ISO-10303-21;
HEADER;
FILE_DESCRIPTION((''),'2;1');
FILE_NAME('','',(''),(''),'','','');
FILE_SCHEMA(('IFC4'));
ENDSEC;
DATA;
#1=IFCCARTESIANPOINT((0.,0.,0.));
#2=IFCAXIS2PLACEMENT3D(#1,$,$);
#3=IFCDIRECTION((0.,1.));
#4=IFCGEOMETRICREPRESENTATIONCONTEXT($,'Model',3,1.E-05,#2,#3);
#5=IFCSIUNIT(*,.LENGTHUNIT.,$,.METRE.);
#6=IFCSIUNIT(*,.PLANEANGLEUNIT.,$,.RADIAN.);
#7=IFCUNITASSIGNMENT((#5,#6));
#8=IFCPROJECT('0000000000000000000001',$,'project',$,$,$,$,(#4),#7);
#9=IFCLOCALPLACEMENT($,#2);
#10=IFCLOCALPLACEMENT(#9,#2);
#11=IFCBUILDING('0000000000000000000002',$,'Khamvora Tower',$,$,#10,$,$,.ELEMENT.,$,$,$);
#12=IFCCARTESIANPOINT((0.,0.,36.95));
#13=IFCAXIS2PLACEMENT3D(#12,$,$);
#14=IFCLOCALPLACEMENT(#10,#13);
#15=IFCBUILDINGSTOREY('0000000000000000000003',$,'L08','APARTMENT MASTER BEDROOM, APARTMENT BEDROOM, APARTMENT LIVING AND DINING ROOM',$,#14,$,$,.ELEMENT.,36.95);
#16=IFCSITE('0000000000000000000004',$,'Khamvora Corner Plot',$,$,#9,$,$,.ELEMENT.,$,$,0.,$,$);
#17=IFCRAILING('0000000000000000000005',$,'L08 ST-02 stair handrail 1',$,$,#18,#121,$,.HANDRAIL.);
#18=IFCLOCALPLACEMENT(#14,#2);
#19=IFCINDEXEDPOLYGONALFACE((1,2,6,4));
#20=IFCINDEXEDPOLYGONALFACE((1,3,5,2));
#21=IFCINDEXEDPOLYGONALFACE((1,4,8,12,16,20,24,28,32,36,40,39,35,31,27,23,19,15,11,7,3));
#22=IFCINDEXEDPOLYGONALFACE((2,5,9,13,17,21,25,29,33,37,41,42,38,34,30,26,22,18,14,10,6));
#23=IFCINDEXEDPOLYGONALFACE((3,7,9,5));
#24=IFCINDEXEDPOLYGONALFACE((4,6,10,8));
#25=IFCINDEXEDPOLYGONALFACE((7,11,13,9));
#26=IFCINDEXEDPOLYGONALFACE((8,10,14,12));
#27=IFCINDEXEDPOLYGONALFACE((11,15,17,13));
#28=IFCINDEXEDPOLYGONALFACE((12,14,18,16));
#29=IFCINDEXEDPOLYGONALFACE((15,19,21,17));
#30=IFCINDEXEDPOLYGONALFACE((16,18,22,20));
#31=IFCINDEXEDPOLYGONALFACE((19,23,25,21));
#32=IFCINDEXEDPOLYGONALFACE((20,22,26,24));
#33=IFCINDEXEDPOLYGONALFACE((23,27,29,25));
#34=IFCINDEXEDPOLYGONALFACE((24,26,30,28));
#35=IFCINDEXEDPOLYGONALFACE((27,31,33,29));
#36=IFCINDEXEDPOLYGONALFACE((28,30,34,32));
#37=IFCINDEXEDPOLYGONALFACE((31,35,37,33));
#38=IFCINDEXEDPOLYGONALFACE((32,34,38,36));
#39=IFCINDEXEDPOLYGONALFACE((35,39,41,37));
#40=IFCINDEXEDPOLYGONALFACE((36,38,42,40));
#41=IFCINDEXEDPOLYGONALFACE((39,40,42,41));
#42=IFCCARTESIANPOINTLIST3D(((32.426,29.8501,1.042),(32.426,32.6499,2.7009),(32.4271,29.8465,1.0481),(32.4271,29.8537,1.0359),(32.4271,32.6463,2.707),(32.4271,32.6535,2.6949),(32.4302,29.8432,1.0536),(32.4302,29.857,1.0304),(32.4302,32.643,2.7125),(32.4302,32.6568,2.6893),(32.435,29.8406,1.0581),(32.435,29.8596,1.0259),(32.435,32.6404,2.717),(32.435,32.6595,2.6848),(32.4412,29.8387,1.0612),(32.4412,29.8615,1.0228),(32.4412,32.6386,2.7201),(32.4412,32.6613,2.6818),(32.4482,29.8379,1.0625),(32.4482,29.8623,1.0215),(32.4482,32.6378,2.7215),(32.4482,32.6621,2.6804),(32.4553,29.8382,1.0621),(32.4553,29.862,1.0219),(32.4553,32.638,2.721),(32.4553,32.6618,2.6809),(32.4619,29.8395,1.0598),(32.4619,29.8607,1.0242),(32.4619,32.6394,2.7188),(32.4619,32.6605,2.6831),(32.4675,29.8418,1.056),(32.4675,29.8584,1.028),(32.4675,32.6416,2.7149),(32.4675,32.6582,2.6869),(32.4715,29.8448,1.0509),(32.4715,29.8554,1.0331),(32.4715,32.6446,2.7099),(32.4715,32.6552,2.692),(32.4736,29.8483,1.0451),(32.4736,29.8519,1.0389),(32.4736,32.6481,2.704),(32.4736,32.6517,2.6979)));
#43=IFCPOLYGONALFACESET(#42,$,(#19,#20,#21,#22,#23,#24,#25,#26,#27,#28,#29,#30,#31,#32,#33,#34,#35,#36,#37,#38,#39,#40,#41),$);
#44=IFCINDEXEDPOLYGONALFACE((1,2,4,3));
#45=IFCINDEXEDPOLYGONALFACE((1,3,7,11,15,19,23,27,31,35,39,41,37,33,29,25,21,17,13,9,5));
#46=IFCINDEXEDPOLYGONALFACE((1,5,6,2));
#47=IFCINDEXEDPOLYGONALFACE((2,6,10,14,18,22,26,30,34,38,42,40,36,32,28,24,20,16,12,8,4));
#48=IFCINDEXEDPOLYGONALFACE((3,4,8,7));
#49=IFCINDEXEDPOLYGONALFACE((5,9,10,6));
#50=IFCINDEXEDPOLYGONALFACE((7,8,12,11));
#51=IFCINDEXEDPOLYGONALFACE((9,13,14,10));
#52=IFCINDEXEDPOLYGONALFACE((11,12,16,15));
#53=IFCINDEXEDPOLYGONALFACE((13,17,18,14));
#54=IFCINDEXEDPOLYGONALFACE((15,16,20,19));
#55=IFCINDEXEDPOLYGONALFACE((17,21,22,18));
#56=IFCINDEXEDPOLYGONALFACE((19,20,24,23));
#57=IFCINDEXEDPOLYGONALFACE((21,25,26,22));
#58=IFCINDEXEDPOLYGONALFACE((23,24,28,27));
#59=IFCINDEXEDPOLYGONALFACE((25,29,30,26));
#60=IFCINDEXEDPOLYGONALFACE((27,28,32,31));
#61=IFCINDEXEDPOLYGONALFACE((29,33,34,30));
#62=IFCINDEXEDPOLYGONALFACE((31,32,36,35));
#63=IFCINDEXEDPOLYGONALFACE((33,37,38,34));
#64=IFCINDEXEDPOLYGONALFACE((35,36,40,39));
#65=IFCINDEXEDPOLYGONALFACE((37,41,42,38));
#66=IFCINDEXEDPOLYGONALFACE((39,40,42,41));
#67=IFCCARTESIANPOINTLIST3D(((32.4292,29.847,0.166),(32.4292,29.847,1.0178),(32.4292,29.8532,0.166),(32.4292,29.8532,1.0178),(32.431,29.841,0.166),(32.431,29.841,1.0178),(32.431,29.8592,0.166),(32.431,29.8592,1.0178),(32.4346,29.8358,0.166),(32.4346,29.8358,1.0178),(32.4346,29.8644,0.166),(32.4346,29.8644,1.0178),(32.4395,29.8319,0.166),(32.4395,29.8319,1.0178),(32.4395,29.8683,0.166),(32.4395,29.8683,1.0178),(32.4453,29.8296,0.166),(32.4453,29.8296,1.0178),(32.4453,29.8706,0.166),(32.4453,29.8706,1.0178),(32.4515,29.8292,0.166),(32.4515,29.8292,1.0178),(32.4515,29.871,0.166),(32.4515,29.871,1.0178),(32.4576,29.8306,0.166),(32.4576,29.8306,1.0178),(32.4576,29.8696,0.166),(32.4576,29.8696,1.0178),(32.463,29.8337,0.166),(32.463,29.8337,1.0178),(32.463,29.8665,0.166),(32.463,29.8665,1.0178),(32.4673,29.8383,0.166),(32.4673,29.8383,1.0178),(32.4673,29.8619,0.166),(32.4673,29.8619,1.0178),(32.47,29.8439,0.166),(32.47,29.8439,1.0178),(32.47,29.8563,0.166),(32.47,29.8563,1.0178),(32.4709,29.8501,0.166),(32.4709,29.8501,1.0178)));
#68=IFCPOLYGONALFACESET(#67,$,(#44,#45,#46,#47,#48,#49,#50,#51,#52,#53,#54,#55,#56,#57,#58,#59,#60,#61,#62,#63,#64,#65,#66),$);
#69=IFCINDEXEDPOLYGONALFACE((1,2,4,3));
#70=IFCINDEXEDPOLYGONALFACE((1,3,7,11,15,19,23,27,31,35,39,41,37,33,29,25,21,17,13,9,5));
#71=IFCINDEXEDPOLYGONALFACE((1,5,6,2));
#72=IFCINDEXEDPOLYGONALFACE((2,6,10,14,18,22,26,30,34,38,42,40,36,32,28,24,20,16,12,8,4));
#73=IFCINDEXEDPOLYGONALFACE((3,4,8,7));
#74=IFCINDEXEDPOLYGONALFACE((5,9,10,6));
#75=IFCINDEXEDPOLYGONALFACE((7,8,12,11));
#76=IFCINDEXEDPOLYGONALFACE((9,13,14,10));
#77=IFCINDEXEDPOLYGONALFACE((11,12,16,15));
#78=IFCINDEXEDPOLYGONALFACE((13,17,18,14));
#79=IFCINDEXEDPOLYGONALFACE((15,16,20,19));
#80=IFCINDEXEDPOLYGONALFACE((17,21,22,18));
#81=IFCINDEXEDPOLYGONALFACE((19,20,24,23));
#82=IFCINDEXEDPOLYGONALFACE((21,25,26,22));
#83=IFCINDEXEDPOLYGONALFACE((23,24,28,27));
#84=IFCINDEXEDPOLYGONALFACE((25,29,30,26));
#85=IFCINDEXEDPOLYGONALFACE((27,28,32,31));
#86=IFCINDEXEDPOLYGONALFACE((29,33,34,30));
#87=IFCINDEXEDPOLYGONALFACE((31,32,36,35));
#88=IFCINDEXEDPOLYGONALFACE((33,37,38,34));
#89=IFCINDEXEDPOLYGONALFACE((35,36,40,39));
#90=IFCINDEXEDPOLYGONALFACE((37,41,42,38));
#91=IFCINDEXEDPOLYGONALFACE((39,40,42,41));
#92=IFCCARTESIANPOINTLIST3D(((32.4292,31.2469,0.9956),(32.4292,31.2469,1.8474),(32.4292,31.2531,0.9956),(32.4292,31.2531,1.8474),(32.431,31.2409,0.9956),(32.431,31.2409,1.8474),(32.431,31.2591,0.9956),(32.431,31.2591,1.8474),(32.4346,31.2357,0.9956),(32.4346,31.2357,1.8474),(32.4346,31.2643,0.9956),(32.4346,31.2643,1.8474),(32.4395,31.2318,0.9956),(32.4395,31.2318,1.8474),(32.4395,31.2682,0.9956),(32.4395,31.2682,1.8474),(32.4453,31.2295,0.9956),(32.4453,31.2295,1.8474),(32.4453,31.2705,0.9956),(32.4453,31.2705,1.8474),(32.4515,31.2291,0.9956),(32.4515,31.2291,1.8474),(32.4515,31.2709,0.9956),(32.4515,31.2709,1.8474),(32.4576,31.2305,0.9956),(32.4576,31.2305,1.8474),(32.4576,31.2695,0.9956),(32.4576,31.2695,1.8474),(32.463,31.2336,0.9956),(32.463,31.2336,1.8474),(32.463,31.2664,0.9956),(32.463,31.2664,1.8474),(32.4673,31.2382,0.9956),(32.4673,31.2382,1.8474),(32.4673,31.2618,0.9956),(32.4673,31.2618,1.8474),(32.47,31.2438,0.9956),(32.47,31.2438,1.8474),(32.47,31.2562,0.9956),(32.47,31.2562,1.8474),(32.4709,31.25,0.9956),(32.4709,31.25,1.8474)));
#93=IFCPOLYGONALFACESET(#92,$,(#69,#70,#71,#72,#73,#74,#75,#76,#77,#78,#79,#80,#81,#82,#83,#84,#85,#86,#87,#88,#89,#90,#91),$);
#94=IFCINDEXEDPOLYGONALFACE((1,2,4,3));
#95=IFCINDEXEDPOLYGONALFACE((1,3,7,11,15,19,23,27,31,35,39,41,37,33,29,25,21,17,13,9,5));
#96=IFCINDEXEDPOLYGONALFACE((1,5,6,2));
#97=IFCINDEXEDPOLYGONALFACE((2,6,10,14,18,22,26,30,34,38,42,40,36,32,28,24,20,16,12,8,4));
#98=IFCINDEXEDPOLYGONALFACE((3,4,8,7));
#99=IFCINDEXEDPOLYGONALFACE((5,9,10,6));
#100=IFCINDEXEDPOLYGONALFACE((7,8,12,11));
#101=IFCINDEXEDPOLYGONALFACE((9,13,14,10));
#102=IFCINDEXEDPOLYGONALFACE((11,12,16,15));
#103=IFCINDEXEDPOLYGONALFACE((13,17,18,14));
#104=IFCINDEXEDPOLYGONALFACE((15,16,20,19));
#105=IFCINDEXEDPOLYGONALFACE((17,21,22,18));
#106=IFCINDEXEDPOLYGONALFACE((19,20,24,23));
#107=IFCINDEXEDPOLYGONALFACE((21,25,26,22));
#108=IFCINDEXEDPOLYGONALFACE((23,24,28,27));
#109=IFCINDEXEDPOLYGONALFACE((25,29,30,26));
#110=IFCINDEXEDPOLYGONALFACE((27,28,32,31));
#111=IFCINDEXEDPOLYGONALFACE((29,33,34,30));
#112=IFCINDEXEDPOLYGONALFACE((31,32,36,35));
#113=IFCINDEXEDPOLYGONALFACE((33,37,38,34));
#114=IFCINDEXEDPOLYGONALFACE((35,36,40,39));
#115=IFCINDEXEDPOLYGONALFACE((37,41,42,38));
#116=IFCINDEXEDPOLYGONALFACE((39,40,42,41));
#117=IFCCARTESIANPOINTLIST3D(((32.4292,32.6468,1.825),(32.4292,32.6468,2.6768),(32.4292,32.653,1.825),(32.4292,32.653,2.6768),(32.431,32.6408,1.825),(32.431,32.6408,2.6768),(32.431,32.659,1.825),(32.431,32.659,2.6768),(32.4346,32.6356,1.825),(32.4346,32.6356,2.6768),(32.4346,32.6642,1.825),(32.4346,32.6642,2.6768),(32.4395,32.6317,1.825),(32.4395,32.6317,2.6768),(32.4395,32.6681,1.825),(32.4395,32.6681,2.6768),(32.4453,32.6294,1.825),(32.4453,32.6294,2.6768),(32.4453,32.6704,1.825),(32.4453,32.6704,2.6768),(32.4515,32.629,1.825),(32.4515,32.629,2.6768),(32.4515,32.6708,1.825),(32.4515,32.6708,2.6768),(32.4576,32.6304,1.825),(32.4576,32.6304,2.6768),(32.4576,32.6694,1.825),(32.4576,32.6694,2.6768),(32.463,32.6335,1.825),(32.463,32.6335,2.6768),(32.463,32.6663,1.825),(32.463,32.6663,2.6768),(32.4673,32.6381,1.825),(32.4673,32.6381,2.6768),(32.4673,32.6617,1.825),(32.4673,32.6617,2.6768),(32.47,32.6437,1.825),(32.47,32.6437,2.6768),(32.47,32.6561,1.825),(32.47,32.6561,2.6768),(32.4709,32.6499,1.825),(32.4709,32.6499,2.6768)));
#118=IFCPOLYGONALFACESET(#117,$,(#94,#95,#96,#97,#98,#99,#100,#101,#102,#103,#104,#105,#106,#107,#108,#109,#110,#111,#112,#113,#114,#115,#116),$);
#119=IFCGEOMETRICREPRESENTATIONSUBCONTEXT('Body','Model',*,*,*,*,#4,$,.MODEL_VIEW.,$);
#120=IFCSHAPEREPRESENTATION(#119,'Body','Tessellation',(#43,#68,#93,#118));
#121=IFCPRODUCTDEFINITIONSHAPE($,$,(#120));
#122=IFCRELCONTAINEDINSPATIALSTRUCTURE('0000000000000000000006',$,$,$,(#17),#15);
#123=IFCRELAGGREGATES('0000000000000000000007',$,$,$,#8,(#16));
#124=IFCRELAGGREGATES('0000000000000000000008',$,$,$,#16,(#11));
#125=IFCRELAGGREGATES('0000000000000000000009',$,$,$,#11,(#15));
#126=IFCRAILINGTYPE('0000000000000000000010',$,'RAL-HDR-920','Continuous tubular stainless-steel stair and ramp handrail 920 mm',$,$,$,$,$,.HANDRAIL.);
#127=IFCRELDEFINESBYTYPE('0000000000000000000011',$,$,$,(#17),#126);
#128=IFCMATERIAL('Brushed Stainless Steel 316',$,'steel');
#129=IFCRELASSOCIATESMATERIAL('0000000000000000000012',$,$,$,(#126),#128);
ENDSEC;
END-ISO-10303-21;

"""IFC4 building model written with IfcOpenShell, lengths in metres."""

from ifc_helpers import new_model, si_unit, direction, frame, origin, origin_2d, place, context, subcontext, project, spatial, circle, extrude, material, type_object, element, save


model = new_model("IFC4")

# Units and contexts
model_context = context("Model", 3, precision=1e-05, world=origin(), true_north=direction((0.0, 1.0)))
body_context = subcontext(model_context, "Body", "Model", "MODEL_VIEW")
ifc_project = project(units=[si_unit("LENGTHUNIT", "METRE"), si_unit("PLANEANGLEUNIT", "RADIAN")], contexts=[model_context])

# Site, building, storey
site_placement = place(None, origin())
site = spatial("IfcSite", under=ifc_project, at=site_placement, Name="Khamvora Corner Plot", CompositionType="ELEMENT", RefElevation=0.0)
building_placement = place(site_placement, origin())
building = spatial("IfcBuilding", under=site, at=building_placement, Name="Khamvora Tower", CompositionType="ELEMENT")
storey_placement = place(building_placement, frame((0.0, 0.0, 36.95)))
storey = spatial("IfcBuildingStorey", under=building, at=storey_placement, Name="L08", Description="APARTMENT MASTER BEDROOM, APARTMENT BEDROOM, APARTMENT LIVING AND DINING ROOM", CompositionType="ELEMENT", Elevation=36.95)

# Railing
ifc_material_1 = material(Name="Brushed Stainless Steel 316", Category="steel")
railing_type_1 = type_object("IfcRailingType", Name="RAL-HDR-920", Description="Continuous tubular stainless-steel stair and ramp handrail 920 mm", PredefinedType="HANDRAIL", material=ifc_material_1)
railing_1_placement = place(storey_placement, frame((32.45, 29.8501, 0.166)))
element("IfcRailing", 1, at=railing_1_placement, inside=storey, type_object=railing_type_1, Name="L08 ST-02 stair handrail 1", PredefinedType="HANDRAIL", context=body_context, shape_type="SweptSolid", body=[
    extrude(circle(Radius=0.0239, at=origin_2d()), frame((0.0, 0.0, 0.876), z_axis=(0.0, 0.86032, 0.509755), x_axis=(-1.0, 0.0, 0.0)), (0.0, 0.0, 1.0), 3.2544),
    extrude(circle(Radius=0.021, at=origin_2d()), origin(), (0.0, 0.0, 1.0), 0.8518),
    extrude(circle(Radius=0.021, at=origin_2d()), frame((0.0, 1.3999, 0.8296)), (0.0, 0.0, 1.0), 0.8518),
    extrude(circle(Radius=0.021, at=origin_2d()), frame((0.0, 2.7998, 1.6589)), (0.0, 0.0, 1.0), 0.8518),
])

save(model, "model.ifc")
